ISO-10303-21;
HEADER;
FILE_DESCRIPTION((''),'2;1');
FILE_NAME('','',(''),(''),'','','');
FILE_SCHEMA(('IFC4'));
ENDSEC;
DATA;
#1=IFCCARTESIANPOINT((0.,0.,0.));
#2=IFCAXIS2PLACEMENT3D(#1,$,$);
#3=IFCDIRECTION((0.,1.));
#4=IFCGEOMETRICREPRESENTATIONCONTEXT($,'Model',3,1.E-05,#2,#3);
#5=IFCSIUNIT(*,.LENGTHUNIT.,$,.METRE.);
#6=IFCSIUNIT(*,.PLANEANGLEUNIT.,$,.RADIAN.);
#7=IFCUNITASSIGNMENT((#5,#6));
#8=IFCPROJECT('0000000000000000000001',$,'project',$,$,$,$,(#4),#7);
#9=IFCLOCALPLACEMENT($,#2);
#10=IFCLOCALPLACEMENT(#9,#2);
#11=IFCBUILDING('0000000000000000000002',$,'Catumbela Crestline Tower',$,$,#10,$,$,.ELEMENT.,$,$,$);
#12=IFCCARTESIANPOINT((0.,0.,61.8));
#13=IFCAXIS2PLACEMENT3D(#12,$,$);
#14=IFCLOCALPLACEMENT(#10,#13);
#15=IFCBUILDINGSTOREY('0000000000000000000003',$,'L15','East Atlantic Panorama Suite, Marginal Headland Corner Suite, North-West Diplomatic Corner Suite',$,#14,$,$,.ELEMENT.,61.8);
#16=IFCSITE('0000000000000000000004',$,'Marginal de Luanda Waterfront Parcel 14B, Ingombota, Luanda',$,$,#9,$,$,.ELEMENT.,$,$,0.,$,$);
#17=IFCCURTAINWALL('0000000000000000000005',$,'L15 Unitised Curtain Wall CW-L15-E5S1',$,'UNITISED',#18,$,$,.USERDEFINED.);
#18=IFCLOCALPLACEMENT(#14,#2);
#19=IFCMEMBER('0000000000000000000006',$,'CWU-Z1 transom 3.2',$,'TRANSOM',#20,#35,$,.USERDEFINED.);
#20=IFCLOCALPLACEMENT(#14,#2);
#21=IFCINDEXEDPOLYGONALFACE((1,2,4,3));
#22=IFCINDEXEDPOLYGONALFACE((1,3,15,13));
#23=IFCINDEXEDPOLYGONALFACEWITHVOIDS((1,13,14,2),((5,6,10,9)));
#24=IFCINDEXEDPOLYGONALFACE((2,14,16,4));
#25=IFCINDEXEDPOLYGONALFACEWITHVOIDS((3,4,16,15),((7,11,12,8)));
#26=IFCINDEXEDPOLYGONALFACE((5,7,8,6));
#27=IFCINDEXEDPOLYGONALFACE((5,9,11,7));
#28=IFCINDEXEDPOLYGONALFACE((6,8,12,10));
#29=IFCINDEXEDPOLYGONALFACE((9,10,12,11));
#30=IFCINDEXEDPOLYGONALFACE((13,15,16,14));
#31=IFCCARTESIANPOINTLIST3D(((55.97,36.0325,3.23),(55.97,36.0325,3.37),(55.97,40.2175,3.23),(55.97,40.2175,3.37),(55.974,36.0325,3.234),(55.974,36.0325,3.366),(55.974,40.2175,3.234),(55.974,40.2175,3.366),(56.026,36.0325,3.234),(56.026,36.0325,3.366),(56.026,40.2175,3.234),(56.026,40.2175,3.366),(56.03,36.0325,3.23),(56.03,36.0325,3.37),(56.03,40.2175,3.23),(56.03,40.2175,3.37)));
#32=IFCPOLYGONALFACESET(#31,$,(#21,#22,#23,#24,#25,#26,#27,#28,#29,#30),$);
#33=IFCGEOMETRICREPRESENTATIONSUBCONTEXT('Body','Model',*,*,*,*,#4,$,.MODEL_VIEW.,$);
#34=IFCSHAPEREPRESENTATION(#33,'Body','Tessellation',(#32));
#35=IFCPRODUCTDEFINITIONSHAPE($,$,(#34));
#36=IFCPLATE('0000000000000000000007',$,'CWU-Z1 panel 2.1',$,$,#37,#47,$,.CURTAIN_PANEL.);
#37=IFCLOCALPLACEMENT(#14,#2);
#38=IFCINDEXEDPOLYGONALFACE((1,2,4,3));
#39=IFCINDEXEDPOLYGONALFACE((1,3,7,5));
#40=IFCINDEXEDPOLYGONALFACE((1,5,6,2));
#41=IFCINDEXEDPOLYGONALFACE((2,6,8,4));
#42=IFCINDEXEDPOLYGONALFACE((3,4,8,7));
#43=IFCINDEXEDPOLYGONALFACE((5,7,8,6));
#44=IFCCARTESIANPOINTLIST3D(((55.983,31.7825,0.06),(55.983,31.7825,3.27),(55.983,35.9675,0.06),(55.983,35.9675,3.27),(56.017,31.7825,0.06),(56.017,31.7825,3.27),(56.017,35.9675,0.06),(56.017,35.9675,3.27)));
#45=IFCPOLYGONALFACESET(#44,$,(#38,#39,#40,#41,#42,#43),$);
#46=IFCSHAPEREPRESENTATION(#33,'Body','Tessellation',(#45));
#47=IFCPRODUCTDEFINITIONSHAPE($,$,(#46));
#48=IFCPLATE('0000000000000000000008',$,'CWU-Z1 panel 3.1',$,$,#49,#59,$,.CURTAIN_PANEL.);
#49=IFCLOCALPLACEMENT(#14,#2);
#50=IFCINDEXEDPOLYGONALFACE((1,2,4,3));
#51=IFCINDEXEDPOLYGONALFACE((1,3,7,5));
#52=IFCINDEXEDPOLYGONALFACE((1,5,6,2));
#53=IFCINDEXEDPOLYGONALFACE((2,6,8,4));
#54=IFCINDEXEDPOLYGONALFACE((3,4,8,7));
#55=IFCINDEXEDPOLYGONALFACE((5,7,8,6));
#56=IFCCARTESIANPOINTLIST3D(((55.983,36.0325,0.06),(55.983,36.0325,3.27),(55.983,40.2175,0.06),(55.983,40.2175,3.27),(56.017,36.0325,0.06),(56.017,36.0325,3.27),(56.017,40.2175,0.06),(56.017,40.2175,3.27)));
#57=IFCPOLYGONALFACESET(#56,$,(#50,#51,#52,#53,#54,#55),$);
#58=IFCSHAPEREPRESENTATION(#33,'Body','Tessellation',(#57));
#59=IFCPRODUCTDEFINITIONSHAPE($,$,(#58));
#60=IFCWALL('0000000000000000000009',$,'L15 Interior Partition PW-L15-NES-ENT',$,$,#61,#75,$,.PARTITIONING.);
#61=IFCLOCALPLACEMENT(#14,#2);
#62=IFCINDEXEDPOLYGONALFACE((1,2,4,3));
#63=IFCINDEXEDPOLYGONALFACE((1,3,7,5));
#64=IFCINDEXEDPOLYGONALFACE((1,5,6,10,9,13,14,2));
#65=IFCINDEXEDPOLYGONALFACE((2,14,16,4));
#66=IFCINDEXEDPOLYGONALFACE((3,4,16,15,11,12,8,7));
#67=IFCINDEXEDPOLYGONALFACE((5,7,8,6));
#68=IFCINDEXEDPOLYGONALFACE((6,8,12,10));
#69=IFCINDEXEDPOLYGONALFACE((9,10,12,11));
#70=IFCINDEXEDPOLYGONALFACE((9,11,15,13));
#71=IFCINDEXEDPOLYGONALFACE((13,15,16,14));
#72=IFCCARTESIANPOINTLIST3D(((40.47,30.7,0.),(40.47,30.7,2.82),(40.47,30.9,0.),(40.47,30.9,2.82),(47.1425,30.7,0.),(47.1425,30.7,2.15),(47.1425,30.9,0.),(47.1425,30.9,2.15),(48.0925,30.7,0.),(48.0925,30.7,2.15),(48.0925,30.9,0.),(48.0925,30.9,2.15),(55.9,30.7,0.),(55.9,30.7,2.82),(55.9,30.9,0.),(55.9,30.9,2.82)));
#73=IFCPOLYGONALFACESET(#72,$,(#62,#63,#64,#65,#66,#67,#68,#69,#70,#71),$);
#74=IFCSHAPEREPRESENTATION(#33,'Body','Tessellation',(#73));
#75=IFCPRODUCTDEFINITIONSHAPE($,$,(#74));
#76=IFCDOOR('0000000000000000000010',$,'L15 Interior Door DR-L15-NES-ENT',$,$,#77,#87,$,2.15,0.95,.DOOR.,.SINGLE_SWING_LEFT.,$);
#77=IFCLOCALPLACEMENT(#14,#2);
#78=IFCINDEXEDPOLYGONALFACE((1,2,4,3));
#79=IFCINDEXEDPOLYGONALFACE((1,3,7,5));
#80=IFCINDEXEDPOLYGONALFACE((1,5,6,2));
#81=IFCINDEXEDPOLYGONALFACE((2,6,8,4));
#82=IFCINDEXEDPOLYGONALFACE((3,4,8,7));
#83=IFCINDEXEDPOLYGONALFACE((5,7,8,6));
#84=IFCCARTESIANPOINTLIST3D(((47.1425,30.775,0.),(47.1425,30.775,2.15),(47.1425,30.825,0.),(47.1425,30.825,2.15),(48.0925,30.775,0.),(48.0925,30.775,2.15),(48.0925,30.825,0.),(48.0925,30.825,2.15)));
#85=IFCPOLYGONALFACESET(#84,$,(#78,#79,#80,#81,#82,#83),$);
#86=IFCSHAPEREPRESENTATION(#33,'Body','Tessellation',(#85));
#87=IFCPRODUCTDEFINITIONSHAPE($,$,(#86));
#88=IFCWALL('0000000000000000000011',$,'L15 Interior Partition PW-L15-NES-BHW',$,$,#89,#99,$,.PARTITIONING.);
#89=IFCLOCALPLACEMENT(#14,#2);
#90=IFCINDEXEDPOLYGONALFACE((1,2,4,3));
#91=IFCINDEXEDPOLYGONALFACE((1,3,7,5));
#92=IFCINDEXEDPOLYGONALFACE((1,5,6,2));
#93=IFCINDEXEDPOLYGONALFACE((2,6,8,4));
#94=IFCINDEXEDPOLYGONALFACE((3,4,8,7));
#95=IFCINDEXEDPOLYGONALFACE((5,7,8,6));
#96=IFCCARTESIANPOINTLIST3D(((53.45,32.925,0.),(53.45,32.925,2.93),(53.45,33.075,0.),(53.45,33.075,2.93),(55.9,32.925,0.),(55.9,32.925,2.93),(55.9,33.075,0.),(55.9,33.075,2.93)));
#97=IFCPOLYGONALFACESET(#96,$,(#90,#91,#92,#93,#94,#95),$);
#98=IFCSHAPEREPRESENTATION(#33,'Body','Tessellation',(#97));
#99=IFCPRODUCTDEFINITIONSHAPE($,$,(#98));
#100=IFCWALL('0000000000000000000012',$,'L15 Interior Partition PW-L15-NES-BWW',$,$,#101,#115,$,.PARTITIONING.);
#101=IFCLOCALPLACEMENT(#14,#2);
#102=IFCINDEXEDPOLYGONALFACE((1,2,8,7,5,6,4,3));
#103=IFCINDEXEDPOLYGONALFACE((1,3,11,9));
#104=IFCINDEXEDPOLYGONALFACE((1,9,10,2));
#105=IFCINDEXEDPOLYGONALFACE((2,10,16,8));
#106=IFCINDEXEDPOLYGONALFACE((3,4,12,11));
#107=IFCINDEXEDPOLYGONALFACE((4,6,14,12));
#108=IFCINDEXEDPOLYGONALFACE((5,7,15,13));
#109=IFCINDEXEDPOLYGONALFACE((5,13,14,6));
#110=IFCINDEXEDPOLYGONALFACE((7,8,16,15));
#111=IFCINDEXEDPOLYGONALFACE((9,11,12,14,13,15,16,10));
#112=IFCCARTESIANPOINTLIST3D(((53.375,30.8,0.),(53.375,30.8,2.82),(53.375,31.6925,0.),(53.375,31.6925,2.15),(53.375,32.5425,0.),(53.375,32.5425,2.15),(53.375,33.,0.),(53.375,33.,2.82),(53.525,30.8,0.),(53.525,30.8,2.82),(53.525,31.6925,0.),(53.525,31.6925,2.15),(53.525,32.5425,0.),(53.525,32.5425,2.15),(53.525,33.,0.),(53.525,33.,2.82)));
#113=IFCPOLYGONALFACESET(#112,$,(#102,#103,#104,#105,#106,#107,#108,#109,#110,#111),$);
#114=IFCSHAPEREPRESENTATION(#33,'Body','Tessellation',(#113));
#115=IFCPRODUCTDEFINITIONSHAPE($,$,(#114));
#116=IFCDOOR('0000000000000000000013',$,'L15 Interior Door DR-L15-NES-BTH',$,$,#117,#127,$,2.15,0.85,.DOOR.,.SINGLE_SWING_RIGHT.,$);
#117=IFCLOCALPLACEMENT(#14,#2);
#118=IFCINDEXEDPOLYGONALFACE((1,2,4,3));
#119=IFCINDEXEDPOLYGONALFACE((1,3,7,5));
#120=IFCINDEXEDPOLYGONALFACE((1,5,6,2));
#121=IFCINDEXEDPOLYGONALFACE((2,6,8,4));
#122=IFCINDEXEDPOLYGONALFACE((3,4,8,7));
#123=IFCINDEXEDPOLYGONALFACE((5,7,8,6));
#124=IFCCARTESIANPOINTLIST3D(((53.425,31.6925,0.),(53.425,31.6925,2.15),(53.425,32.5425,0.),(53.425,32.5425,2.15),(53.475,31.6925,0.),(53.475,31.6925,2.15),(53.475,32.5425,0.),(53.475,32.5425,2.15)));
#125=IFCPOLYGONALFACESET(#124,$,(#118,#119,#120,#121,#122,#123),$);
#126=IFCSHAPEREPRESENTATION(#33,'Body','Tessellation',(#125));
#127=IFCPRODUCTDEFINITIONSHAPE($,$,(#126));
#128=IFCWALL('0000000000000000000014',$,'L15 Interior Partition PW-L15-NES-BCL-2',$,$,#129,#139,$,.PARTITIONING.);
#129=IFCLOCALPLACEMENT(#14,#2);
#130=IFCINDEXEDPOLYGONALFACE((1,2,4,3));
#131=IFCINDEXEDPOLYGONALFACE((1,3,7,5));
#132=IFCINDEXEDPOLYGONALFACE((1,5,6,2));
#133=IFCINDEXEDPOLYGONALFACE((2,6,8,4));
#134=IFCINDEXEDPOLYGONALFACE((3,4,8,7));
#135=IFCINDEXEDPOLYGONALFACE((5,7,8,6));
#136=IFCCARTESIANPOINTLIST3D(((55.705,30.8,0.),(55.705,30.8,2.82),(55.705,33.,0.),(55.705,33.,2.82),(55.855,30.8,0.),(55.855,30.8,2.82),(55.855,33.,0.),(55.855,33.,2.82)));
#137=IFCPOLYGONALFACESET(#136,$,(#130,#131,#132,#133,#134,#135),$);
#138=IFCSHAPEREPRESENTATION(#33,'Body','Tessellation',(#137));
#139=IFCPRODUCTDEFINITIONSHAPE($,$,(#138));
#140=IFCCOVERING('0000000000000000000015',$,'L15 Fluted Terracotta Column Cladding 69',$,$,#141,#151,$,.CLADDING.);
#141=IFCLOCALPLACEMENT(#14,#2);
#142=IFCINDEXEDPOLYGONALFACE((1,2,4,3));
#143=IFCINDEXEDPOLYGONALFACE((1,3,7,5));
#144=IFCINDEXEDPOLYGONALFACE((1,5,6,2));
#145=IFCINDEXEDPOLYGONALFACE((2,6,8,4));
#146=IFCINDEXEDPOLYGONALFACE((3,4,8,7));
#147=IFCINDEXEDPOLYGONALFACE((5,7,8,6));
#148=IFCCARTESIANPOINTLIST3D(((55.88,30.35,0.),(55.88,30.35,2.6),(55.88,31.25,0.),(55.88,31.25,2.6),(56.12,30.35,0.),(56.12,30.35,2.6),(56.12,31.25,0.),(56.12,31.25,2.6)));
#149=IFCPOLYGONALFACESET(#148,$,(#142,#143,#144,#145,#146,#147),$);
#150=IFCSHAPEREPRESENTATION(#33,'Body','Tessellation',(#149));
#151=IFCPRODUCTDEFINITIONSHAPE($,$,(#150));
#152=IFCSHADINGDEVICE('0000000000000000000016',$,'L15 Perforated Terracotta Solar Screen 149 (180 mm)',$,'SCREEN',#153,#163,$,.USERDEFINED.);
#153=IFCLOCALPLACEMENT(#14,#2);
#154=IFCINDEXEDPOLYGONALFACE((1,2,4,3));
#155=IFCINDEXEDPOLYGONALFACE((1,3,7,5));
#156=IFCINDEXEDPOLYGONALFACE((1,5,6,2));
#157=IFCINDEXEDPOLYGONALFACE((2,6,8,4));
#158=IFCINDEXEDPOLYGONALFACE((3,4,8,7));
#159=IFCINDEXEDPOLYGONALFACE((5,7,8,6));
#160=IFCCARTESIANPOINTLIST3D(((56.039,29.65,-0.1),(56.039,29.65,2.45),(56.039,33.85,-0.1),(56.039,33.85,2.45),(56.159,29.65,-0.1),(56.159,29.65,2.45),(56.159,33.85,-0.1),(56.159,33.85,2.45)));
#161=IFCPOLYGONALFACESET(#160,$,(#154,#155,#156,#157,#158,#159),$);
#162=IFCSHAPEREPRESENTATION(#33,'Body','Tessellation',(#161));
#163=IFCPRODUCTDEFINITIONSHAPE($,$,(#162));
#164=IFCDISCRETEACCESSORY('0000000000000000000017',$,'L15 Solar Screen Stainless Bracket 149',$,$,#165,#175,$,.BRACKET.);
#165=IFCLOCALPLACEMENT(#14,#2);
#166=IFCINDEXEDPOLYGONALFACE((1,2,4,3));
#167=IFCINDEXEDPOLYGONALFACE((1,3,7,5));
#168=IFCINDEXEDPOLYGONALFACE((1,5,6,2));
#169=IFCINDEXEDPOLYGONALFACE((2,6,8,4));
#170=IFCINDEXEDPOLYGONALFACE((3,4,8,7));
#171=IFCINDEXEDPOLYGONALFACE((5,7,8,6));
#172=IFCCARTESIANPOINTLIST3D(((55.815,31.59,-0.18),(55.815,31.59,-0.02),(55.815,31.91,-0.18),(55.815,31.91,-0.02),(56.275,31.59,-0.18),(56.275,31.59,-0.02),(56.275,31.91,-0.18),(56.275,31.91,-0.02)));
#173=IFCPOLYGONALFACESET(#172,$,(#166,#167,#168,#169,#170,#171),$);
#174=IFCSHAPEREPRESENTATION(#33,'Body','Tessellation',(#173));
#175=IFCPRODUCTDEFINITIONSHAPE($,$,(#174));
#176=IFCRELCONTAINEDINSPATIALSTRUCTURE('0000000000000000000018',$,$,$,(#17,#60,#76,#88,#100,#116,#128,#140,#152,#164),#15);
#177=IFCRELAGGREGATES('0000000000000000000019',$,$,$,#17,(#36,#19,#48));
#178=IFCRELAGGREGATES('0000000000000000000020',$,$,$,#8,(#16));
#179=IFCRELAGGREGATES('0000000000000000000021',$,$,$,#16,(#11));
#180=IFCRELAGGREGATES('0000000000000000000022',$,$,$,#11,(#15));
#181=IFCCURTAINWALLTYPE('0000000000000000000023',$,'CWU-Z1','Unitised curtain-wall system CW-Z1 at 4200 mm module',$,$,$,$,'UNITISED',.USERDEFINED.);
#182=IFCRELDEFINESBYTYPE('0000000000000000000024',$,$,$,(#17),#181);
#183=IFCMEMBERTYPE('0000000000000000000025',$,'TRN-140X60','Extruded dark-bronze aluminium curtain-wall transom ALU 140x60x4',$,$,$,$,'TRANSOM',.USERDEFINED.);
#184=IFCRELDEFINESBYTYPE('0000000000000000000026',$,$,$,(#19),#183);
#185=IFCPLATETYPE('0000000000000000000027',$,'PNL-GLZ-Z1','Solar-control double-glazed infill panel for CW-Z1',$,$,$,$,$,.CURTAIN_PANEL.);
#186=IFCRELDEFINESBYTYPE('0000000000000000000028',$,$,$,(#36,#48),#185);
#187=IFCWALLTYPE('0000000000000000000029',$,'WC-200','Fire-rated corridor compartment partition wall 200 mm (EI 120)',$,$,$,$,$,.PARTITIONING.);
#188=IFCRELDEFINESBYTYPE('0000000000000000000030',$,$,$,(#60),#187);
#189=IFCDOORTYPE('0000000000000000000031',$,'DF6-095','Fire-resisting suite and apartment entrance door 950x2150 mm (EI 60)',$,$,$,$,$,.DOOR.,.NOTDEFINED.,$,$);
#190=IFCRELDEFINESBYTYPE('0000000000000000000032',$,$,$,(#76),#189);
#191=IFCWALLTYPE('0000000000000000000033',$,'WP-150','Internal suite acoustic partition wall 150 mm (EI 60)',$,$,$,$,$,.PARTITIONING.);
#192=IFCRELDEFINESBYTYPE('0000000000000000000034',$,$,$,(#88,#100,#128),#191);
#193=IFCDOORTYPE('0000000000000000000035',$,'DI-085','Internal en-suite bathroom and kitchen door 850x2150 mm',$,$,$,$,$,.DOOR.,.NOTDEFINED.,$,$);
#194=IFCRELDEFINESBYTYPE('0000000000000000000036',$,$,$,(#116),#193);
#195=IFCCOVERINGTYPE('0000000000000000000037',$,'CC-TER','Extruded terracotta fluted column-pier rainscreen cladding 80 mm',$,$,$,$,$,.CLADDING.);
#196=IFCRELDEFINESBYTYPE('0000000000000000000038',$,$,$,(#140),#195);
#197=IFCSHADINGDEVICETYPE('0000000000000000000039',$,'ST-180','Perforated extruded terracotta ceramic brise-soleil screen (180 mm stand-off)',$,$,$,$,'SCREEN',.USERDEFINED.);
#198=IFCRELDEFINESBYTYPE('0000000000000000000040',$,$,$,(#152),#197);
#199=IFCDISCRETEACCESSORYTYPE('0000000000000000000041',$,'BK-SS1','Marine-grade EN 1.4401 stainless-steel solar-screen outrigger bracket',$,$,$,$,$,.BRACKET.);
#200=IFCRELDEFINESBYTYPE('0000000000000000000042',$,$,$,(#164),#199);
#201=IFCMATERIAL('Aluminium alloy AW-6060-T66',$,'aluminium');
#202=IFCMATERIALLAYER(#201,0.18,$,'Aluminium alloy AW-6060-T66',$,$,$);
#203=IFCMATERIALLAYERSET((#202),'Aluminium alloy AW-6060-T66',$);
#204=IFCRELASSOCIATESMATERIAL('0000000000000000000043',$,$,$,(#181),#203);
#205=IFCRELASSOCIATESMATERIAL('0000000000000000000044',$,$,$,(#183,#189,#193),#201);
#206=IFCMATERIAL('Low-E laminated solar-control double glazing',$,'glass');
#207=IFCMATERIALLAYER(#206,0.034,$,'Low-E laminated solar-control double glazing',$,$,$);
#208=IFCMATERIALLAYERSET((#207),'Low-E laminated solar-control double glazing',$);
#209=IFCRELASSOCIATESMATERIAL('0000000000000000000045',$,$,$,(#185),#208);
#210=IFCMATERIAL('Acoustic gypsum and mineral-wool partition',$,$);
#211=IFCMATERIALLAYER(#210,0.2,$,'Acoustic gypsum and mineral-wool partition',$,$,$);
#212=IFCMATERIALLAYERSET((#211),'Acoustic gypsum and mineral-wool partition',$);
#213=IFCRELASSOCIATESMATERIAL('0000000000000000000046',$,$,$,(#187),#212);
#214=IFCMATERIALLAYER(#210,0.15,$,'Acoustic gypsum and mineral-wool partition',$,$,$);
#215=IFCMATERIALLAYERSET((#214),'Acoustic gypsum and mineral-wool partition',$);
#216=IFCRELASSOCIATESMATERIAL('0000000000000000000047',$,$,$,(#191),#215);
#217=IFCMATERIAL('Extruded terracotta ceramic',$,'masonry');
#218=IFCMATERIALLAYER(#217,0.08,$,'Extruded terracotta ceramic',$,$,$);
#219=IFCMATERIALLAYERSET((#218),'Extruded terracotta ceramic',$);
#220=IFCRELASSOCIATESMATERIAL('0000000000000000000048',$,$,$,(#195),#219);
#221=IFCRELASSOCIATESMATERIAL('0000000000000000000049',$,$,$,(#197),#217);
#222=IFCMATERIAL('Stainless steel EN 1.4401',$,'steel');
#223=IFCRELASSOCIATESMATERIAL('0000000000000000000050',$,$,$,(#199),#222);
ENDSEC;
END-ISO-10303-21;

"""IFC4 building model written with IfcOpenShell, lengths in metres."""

from ifc_helpers import new_model, si_unit, direction, frame, frame_2d, origin, origin_2d, place, context, subcontext, project, spatial, rectangle, hollow_rectangle, extrude, material, layer, layer_set, material_profile, profile_set, type_object, element, fill, aggregate, save


model = new_model("IFC4")

# Units and contexts
model_context = context("Model", 3, precision=1e-05, world=origin(), true_north=direction((0.0, 1.0)))
body_context = subcontext(model_context, "Body", "Model", "MODEL_VIEW")
ifc_project = project(units=[si_unit("LENGTHUNIT", "METRE"), si_unit("PLANEANGLEUNIT", "RADIAN")], contexts=[model_context])

# Site, building, storey
site_placement = place(None, origin())
site = spatial("IfcSite", under=ifc_project, at=site_placement, Name="Marginal de Luanda Waterfront Parcel 14B, Ingombota, Luanda", CompositionType="ELEMENT", RefElevation=0.0)
building_placement = place(site_placement, origin())
building = spatial("IfcBuilding", under=site, at=building_placement, Name="Catumbela Crestline Tower", CompositionType="ELEMENT")
storey_placement = place(building_placement, frame((0.0, 0.0, 61.8)))
storey = spatial("IfcBuildingStorey", under=building, at=storey_placement, Name="L15", Description="East Atlantic Panorama Suite, Marginal Headland Corner Suite, North-West Diplomatic Corner Suite", CompositionType="ELEMENT", Elevation=61.8)

# Curtain wall
ifc_material_1 = material(Name="Aluminium alloy AW-6060-T66", Category="aluminium")
ifc_layer_1 = layer(ifc_material_1, 0.18, Name="Aluminium alloy AW-6060-T66")
ifc_layer_set_1 = layer_set([ifc_layer_1], Name="Aluminium alloy AW-6060-T66")
curtain_wall_type = type_object("IfcCurtainWallType", Name="CWU-Z1", Description="Unitised curtain-wall system CW-Z1 at 4200 mm module", ElementType="UNITISED", PredefinedType="USERDEFINED", material=ifc_layer_set_1)
curtain_wall_placement = place(storey_placement, origin())
curtain_wall = element("IfcCurtainWall", 1, at=curtain_wall_placement, inside=storey, type_object=curtain_wall_type, Name="L15 Unitised Curtain Wall CW-L15-E5S1", ObjectType="UNITISED", PredefinedType="USERDEFINED")

# Member
ifc_material_profile_1 = material_profile(ifc_material_1, hollow_rectangle(XDim=0.06, YDim=0.14, WallThickness=0.004, at=origin_2d()), Name="ALU 140x60x4")
ifc_profile_set_1 = profile_set([ifc_material_profile_1], Name="Aluminium alloy AW-6060-T66")
member_type_1 = type_object("IfcMemberType", Name="TRN-140X60", Description="Extruded dark-bronze aluminium curtain-wall transom ALU 140x60x4", ElementType="TRANSOM", PredefinedType="USERDEFINED", material=ifc_profile_set_1)
member_1_placement = place(storey_placement, frame((56.0, 36.0325, 3.3), z_axis=(0.0, 1.0, 0.0), x_axis=(-1.0, 0.0, 0.0)))
member_1 = element("IfcMember", 2, at=member_1_placement, type_object=member_type_1, Name="CWU-Z1 transom 3.2", ObjectType="TRANSOM", PredefinedType="USERDEFINED", context=body_context, shape_type="SweptSolid", body=[
    extrude(hollow_rectangle(XDim=0.06, YDim=0.14, WallThickness=0.004, at=origin_2d()), origin(), (0.0, 0.0, 1.0), 4.185),
])

# Plates
ifc_material_2 = material(Name="Low-E laminated solar-control double glazing", Category="glass")
ifc_layer_2 = layer(ifc_material_2, 0.034, Name="Low-E laminated solar-control double glazing")
ifc_layer_set_2 = layer_set([ifc_layer_2], Name="Low-E laminated solar-control double glazing")
plate_type = type_object("IfcPlateType", Name="PNL-GLZ-Z1", Description="Solar-control double-glazed infill panel for CW-Z1", PredefinedType="CURTAIN_PANEL", material=ifc_layer_set_2)
plate_1_placement = place(storey_placement, frame((56.0, 33.875, 0.06), z_axis=(0.0, 0.0, 1.0), x_axis=(0.0, 1.0, 0.0)))
plate_1 = element("IfcPlate", 3, at=plate_1_placement, type_object=plate_type, Name="CWU-Z1 panel 2.1", PredefinedType="CURTAIN_PANEL", context=body_context, shape_type="SweptSolid", body=[
    extrude(rectangle(XDim=4.185, YDim=0.034, at=origin_2d()), origin(), (0.0, 0.0, 1.0), 3.21),
])
plate_2_placement = place(storey_placement, frame((56.0, 38.125, 0.06), z_axis=(0.0, 0.0, 1.0), x_axis=(0.0, 1.0, 0.0)))
plate_2 = element("IfcPlate", 4, at=plate_2_placement, type_object=plate_type, Name="CWU-Z1 panel 3.1", PredefinedType="CURTAIN_PANEL", context=body_context, shape_type="SweptSolid", body=[
    extrude(rectangle(XDim=4.185, YDim=0.034, at=origin_2d()), origin(), (0.0, 0.0, 1.0), 3.21),
])
aggregate(curtain_wall, [plate_1, member_1, plate_2])

# Wall, opening, door
ifc_material_3 = material(Name="Acoustic gypsum and mineral-wool partition")
ifc_layer_3 = layer(ifc_material_3, 0.2, Name="Acoustic gypsum and mineral-wool partition")
ifc_layer_set_3 = layer_set([ifc_layer_3], Name="Acoustic gypsum and mineral-wool partition")
wall_type_1 = type_object("IfcWallType", Name="WC-200", Description="Fire-rated corridor compartment partition wall 200 mm (EI 120)", PredefinedType="PARTITIONING", material=ifc_layer_set_3)
wall_1_placement = place(storey_placement, frame((40.47, 30.8, 0.0), z_axis=(0.0, 0.0, 1.0), x_axis=(1.0, 0.0, 0.0)))
wall_1 = element("IfcWall", 5, at=wall_1_placement, inside=storey, type_object=wall_type_1, Name="L15 Interior Partition PW-L15-NES-ENT", PredefinedType="PARTITIONING", context=body_context, shape_type="SweptSolid", body=[
    extrude(rectangle(XDim=15.43, YDim=0.2, at=frame_2d((7.715, 0.0))), origin(), (0.0, 0.0, 1.0), 2.82),
])
opening_1_placement = place(wall_1_placement, frame((6.6725, 0.0, 0.0)))
opening_1 = element("IfcOpeningElement", 6, at=opening_1_placement, cuts=wall_1, PredefinedType="OPENING", context=body_context, shape_type="SweptSolid", body=[
    extrude(rectangle(XDim=0.95, YDim=2.15, at=frame_2d((0.475, 1.075))), frame((0.0, 0.11, 0.0), z_axis=(0.0, -1.0, 0.0), x_axis=(1.0, 0.0, 0.0)), (0.0, 0.0, 1.0), 0.22),
])
door_type_1 = type_object("IfcDoorType", Name="DF6-095", Description="Fire-resisting suite and apartment entrance door 950x2150 mm (EI 60)", OperationType="NOTDEFINED", PredefinedType="DOOR", material=ifc_material_1)
door_1_placement = place(opening_1_placement, origin())
door_1 = element("IfcDoor", 7, at=door_1_placement, inside=storey, type_object=door_type_1, Name="L15 Interior Door DR-L15-NES-ENT", OperationType="SINGLE_SWING_LEFT", OverallHeight=2.15, OverallWidth=0.95, PredefinedType="DOOR", context=body_context, shape_type="SweptSolid", body=[
    extrude(rectangle(XDim=0.95, YDim=2.15, at=frame_2d((0.475, 1.075))), frame((0.0, 0.025, 0.0), z_axis=(0.0, -1.0, 0.0), x_axis=(1.0, 0.0, 0.0)), (0.0, 0.0, 1.0), 0.05),
])
fill(opening_1, door_1)

# Wall
ifc_layer_4 = layer(ifc_material_3, 0.15, Name="Acoustic gypsum and mineral-wool partition")
ifc_layer_set_4 = layer_set([ifc_layer_4], Name="Acoustic gypsum and mineral-wool partition")
wall_type_2 = type_object("IfcWallType", Name="WP-150", Description="Internal suite acoustic partition wall 150 mm (EI 60)", PredefinedType="PARTITIONING", material=ifc_layer_set_4)
wall_2_placement = place(storey_placement, frame((53.45, 33.0, 0.0), z_axis=(0.0, 0.0, 1.0), x_axis=(1.0, 0.0, 0.0)))
element("IfcWall", 8, at=wall_2_placement, inside=storey, type_object=wall_type_2, Name="L15 Interior Partition PW-L15-NES-BHW", PredefinedType="PARTITIONING", context=body_context, shape_type="SweptSolid", body=[
    extrude(rectangle(XDim=2.45, YDim=0.15, at=frame_2d((1.225, 0.0))), origin(), (0.0, 0.0, 1.0), 2.93),
])

# Wall, opening, door
wall_3_placement = place(storey_placement, frame((53.45, 30.8, 0.0), z_axis=(0.0, 0.0, 1.0), x_axis=(0.0, 1.0, 0.0)))
wall_3 = element("IfcWall", 9, at=wall_3_placement, inside=storey, type_object=wall_type_2, Name="L15 Interior Partition PW-L15-NES-BWW", PredefinedType="PARTITIONING", context=body_context, shape_type="SweptSolid", body=[
    extrude(rectangle(XDim=2.2, YDim=0.15, at=frame_2d((1.1, 0.0))), origin(), (0.0, 0.0, 1.0), 2.82),
])
opening_2_placement = place(wall_3_placement, frame((0.8925, 0.0, 0.0)))
opening_2 = element("IfcOpeningElement", 10, at=opening_2_placement, cuts=wall_3, PredefinedType="OPENING", context=body_context, shape_type="SweptSolid", body=[
    extrude(rectangle(XDim=0.85, YDim=2.15, at=frame_2d((0.425, 1.075))), frame((0.0, 0.085, 0.0), z_axis=(0.0, -1.0, 0.0), x_axis=(1.0, 0.0, 0.0)), (0.0, 0.0, 1.0), 0.17),
])
door_type_2 = type_object("IfcDoorType", Name="DI-085", Description="Internal en-suite bathroom and kitchen door 850x2150 mm", OperationType="NOTDEFINED", PredefinedType="DOOR", material=ifc_material_1)
door_2_placement = place(opening_2_placement, origin())
door_2 = element("IfcDoor", 11, at=door_2_placement, inside=storey, type_object=door_type_2, Name="L15 Interior Door DR-L15-NES-BTH", OperationType="SINGLE_SWING_RIGHT", OverallHeight=2.15, OverallWidth=0.85, PredefinedType="DOOR", context=body_context, shape_type="SweptSolid", body=[
    extrude(rectangle(XDim=0.85, YDim=2.15, at=frame_2d((0.425, 1.075))), frame((0.0, 0.025, 0.0), z_axis=(0.0, -1.0, 0.0), x_axis=(1.0, 0.0, 0.0)), (0.0, 0.0, 1.0), 0.05),
])
fill(opening_2, door_2)

# Wall
wall_4_placement = place(storey_placement, frame((55.78, 33.0, 0.0), z_axis=(0.0, 0.0, 1.0), x_axis=(0.0, -1.0, 0.0)))
element("IfcWall", 12, at=wall_4_placement, inside=storey, type_object=wall_type_2, Name="L15 Interior Partition PW-L15-NES-BCL-2", PredefinedType="PARTITIONING", context=body_context, shape_type="SweptSolid", body=[
    extrude(rectangle(XDim=2.2, YDim=0.15, at=frame_2d((1.1, 0.0))), origin(), (0.0, 0.0, 1.0), 2.82),
])

# Covering
ifc_material_4 = material(Name="Extruded terracotta ceramic", Category="masonry")
ifc_layer_5 = layer(ifc_material_4, 0.08, Name="Extruded terracotta ceramic")
ifc_layer_set_5 = layer_set([ifc_layer_5], Name="Extruded terracotta ceramic")
covering_type = type_object("IfcCoveringType", Name="CC-TER", Description="Extruded terracotta fluted column-pier rainscreen cladding 80 mm", PredefinedType="CLADDING", material=ifc_layer_set_5)
covering_placement = place(storey_placement, frame((56.0, 30.8, 0.0), z_axis=(0.0, 0.0, 1.0), x_axis=(0.0, 1.0, 0.0)))
element("IfcCovering", 13, at=covering_placement, inside=storey, type_object=covering_type, Name="L15 Fluted Terracotta Column Cladding 69", PredefinedType="CLADDING", context=body_context, shape_type="SweptSolid", body=[
    extrude(rectangle(XDim=0.9, YDim=0.24, at=origin_2d()), origin(), (0.0, 0.0, 1.0), 2.6),
])

# Shading device
shading_device_type = type_object("IfcShadingDeviceType", Name="ST-180", Description="Perforated extruded terracotta ceramic brise-soleil screen (180 mm stand-off)", ElementType="SCREEN", PredefinedType="USERDEFINED", material=ifc_material_4)
shading_device_placement = place(storey_placement, frame((56.099, 31.75, -0.1), z_axis=(0.0, 0.0, 1.0), x_axis=(0.0, 1.0, 0.0)))
element("IfcShadingDevice", 14, at=shading_device_placement, inside=storey, type_object=shading_device_type, Name="L15 Perforated Terracotta Solar Screen 149 (180 mm)", ObjectType="SCREEN", PredefinedType="USERDEFINED", context=body_context, shape_type="SweptSolid", body=[
    extrude(rectangle(XDim=4.2, YDim=0.12, at=origin_2d()), origin(), (0.0, 0.0, 1.0), 2.55),
])

# Discrete accessory
ifc_material_5 = material(Name="Stainless steel EN 1.4401", Category="steel")
discrete_accessory_type = type_object("IfcDiscreteAccessoryType", Name="BK-SS1", Description="Marine-grade EN 1.4401 stainless-steel solar-screen outrigger bracket", PredefinedType="BRACKET", material=ifc_material_5)
discrete_accessory_placement = place(storey_placement, frame((56.045, 31.75, -0.18), z_axis=(0.0, 0.0, 1.0), x_axis=(0.0, 1.0, 0.0)))
element("IfcDiscreteAccessory", 15, at=discrete_accessory_placement, inside=storey, type_object=discrete_accessory_type, Name="L15 Solar Screen Stainless Bracket 149", PredefinedType="BRACKET", context=body_context, shape_type="SweptSolid", body=[
    extrude(rectangle(XDim=0.32, YDim=0.46, at=origin_2d()), origin(), (0.0, 0.0, 1.0), 0.16),
])

save(model, "model.ifc")
